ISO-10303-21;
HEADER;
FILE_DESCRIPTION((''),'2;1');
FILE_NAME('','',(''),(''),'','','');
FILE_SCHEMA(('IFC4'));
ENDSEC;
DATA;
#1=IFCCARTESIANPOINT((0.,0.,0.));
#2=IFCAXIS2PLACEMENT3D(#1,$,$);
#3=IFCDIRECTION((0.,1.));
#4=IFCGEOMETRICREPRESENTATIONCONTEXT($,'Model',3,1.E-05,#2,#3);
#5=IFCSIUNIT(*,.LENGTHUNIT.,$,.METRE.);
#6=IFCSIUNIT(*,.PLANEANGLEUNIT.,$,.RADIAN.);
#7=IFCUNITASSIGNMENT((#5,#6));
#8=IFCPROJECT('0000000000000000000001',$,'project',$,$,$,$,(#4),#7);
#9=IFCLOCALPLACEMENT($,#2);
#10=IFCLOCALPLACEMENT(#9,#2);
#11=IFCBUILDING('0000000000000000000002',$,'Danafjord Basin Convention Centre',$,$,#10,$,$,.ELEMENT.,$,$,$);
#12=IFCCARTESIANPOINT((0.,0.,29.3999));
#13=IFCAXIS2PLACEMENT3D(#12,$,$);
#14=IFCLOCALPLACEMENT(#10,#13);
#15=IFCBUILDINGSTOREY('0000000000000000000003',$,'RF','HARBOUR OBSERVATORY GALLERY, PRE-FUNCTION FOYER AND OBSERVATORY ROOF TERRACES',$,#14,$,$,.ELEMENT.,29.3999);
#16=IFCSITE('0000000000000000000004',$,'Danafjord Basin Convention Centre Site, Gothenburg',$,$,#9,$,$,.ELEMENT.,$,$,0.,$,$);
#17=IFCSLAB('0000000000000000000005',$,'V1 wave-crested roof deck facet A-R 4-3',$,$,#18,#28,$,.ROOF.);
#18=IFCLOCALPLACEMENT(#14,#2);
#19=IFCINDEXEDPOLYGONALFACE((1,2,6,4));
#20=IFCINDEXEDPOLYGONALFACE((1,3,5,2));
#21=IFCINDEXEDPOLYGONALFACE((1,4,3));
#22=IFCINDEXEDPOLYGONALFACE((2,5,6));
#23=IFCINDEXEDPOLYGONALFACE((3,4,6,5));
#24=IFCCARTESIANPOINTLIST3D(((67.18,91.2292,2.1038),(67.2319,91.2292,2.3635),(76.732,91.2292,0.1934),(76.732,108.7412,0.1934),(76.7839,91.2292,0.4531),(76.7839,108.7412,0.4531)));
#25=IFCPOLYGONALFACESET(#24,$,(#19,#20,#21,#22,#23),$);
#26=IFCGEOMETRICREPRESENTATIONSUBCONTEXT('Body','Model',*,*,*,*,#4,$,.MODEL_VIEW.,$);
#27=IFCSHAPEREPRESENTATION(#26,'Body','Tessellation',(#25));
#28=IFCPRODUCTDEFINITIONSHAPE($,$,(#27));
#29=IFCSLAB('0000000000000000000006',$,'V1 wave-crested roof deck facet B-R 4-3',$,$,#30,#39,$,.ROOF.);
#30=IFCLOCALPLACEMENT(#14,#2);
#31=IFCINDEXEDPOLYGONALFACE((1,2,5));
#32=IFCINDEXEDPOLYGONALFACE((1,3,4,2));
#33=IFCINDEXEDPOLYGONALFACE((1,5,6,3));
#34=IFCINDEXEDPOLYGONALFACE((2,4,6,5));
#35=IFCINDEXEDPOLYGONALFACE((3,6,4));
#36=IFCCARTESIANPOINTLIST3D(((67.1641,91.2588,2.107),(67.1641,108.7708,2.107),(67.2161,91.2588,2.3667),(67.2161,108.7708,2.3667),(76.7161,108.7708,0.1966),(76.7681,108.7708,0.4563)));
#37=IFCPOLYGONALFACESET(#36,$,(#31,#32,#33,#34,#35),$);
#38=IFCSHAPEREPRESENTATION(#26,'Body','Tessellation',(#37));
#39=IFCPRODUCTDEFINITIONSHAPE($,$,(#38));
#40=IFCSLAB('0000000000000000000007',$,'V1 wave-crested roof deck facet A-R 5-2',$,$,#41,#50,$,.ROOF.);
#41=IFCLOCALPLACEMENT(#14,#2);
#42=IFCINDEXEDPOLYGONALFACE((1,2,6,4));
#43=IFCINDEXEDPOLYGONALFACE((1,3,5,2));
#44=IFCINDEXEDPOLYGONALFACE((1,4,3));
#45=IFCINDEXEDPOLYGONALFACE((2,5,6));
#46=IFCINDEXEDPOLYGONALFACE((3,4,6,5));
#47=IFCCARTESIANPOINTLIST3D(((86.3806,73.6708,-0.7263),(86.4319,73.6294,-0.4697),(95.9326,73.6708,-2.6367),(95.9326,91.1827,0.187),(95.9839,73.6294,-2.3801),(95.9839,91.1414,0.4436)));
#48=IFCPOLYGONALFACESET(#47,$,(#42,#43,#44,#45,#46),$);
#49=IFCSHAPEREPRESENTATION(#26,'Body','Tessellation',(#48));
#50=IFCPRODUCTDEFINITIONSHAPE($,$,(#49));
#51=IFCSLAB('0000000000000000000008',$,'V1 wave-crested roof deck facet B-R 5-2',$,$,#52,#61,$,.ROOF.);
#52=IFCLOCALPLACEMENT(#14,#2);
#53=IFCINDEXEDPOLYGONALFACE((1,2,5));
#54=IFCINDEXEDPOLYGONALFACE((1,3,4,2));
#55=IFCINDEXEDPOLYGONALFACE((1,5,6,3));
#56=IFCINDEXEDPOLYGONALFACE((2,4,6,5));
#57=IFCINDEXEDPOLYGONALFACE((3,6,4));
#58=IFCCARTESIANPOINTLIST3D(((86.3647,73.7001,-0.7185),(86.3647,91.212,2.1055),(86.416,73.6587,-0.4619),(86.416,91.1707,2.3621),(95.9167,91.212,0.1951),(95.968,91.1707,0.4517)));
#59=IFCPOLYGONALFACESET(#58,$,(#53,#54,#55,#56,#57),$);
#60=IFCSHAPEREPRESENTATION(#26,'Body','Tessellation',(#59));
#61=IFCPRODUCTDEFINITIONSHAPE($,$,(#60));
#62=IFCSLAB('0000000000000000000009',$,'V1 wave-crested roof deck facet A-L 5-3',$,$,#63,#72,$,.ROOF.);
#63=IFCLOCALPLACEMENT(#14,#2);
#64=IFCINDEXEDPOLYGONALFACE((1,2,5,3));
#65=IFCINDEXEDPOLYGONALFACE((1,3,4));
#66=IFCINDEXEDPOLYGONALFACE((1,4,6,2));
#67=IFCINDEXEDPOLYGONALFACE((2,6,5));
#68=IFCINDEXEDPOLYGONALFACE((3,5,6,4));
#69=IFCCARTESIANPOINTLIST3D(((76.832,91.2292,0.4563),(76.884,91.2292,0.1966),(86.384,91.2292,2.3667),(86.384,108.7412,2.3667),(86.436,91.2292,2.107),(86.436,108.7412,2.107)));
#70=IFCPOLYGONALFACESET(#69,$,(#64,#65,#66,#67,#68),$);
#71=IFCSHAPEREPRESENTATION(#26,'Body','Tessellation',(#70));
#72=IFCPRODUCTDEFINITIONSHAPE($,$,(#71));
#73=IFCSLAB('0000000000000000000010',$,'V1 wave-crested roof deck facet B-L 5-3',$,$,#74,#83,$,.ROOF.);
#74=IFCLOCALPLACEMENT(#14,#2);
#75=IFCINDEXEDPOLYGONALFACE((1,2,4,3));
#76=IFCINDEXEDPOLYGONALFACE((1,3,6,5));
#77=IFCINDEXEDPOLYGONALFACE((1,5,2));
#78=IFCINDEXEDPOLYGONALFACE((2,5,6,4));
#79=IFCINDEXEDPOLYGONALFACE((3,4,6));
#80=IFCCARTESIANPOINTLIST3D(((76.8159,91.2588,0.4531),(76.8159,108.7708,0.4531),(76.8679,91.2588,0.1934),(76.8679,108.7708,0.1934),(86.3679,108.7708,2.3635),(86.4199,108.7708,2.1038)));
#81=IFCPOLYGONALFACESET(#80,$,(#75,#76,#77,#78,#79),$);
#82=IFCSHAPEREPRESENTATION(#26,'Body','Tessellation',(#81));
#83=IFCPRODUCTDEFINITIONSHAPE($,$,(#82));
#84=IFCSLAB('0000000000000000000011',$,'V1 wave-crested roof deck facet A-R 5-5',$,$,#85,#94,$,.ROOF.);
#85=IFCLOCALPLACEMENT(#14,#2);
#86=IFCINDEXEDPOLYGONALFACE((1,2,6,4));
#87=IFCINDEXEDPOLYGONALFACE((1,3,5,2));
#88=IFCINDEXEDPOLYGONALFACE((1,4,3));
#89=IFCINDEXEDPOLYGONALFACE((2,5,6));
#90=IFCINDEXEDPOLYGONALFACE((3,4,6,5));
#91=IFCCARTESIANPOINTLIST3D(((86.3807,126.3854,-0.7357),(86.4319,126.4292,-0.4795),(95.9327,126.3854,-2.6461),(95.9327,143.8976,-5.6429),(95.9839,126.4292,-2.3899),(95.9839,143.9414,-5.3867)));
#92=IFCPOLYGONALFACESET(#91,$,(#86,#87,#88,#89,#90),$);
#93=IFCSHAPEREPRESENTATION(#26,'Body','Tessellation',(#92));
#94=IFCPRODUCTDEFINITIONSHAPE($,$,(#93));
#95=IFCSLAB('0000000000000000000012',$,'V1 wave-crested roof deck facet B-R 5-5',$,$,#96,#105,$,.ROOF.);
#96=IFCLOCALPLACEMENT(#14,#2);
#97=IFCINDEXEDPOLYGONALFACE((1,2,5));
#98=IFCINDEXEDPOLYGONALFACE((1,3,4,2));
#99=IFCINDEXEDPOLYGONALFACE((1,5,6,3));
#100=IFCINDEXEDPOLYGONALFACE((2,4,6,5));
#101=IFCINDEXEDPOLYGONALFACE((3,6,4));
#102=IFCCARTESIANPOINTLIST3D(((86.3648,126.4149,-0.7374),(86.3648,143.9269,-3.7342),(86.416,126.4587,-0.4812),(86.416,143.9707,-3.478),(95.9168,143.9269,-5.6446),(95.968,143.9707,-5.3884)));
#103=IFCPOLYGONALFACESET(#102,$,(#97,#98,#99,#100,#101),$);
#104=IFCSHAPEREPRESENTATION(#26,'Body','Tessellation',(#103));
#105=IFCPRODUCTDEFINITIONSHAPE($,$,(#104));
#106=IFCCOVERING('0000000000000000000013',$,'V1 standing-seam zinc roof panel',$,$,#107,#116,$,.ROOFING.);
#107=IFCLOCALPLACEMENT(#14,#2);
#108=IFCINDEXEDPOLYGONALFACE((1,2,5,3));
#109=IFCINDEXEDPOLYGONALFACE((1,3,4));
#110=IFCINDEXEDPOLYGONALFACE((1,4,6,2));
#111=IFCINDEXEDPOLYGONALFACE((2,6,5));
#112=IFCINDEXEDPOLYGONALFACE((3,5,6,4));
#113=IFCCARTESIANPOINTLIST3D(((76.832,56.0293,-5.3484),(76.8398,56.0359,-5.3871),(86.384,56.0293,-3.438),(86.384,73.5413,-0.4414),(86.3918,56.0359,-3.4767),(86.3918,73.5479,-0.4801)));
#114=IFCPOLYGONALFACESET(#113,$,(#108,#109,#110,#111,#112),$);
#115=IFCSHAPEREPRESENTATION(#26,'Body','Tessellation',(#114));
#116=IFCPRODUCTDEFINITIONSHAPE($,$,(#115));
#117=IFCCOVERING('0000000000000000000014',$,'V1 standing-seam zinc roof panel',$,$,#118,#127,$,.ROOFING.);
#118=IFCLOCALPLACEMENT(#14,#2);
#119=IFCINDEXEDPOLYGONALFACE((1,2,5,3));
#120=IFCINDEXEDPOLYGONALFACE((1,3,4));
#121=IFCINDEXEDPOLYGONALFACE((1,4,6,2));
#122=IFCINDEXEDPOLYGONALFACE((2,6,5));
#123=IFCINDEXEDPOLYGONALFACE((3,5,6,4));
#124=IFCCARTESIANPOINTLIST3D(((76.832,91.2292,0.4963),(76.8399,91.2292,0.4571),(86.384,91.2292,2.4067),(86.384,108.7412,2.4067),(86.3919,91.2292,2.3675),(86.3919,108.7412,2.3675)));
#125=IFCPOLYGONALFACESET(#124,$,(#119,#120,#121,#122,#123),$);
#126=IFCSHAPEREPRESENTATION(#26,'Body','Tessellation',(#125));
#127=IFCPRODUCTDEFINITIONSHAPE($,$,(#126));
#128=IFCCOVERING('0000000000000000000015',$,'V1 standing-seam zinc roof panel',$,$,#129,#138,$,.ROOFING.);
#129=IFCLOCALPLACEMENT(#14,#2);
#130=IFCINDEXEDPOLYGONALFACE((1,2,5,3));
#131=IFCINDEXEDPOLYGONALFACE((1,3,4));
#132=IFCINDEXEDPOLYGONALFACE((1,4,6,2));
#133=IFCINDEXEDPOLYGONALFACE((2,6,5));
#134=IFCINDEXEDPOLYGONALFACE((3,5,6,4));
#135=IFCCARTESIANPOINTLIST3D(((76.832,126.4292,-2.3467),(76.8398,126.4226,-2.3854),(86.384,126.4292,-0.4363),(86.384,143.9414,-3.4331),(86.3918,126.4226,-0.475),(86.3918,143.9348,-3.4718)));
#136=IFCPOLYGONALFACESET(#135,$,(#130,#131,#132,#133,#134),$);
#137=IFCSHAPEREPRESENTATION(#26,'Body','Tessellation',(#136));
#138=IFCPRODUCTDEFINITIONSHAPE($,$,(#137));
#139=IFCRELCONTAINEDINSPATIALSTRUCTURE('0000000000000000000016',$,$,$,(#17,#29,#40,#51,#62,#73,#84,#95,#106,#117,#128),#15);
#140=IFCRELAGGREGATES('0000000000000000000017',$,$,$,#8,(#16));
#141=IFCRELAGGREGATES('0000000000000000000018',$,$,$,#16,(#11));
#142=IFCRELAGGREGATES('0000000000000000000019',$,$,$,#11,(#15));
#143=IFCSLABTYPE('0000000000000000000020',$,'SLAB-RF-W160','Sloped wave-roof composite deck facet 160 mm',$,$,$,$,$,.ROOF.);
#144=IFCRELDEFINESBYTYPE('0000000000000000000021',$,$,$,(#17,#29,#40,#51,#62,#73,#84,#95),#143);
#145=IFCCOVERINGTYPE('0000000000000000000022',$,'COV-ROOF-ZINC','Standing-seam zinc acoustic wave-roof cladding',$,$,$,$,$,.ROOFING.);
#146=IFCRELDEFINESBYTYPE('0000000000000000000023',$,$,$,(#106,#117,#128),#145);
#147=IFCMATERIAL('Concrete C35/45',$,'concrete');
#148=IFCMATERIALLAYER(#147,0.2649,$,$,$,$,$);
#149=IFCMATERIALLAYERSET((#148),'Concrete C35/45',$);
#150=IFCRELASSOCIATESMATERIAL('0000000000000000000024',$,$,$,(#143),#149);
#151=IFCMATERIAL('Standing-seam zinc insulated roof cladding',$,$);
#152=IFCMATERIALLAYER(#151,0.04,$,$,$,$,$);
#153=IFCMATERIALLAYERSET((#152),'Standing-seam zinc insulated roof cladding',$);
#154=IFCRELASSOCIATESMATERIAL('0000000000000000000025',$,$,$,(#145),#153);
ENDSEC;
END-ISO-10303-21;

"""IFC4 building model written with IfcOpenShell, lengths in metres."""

from ifc_helpers import new_model, si_unit, direction, frame, origin, place, context, subcontext, project, spatial, polyline, outline, extrude, material, layer, layer_set, type_object, element, save


model = new_model("IFC4")

# Units and contexts
model_context = context("Model", 3, precision=1e-05, world=origin(), true_north=direction((0.0, 1.0)))
body_context = subcontext(model_context, "Body", "Model", "MODEL_VIEW")
ifc_project = project(units=[si_unit("LENGTHUNIT", "METRE"), si_unit("PLANEANGLEUNIT", "RADIAN")], contexts=[model_context])

# Site, building, storey
site_placement = place(None, origin())
site = spatial("IfcSite", under=ifc_project, at=site_placement, Name="Danafjord Basin Convention Centre Site, Gothenburg", CompositionType="ELEMENT", RefElevation=0.0)
building_placement = place(site_placement, origin())
building = spatial("IfcBuilding", under=site, at=building_placement, Name="Danafjord Basin Convention Centre", CompositionType="ELEMENT")
storey_placement = place(building_placement, frame((0.0, 0.0, 29.3999)))
storey = spatial("IfcBuildingStorey", under=building, at=storey_placement, Name="RF", Description="HARBOUR OBSERVATORY GALLERY, PRE-FUNCTION FOYER AND OBSERVATORY ROOF TERRACES", CompositionType="ELEMENT", Elevation=29.3999)

# Slabs
ifc_material_1 = material(Name="Concrete C35/45", Category="concrete")
ifc_layer_1 = layer(ifc_material_1, 0.2649)
ifc_layer_set_1 = layer_set([ifc_layer_1], Name="Concrete C35/45")
slab_type_1 = type_object("IfcSlabType", Name="SLAB-RF-W160", Description="Sloped wave-roof composite deck facet 160 mm", PredefinedType="ROOF", material=ifc_layer_set_1)
slab_1_placement = place(storey_placement, frame((67.2319, 91.2292, 2.3635), z_axis=(0.196116, 0.0, 0.980581), x_axis=(0.980581, 0.0, -0.196116)))
element("IfcSlab", 1, at=slab_1_placement, inside=storey, type_object=slab_type_1, Name="V1 wave-crested roof deck facet A-R 4-3", PredefinedType="ROOF", context=body_context, shape_type="SweptSolid", body=[
    extrude(outline(polyline([(0.0, 0.0), (9.7412, 0.0), (9.7412, 17.512), (0.0, 0.0)])), origin(), (0.0, 0.0, -1.0), 0.2649),
])
slab_2_placement = place(storey_placement, frame((67.2161, 91.2588, 2.3667), z_axis=(0.196116, 0.0, 0.980581), x_axis=(0.476672, 0.873897, -0.095334)))
element("IfcSlab", 2, at=slab_2_placement, inside=storey, type_object=slab_type_1, Name="V1 wave-crested roof deck facet B-R 4-3", PredefinedType="ROOF", context=body_context, shape_type="SweptSolid", body=[
    extrude(outline(polyline([(0.0, 0.0), (20.0389, 0.0), (15.3036, 8.5128), (0.0, 0.0)])), origin(), (0.0, 0.0, -1.0), 0.2649),
])
slab_3_placement = place(storey_placement, frame((86.4319, 73.6294, -0.4697), z_axis=(0.19371, -0.156174, 0.968548), x_axis=(0.980581, 0.0, -0.196116)))
element("IfcSlab", 3, at=slab_3_placement, inside=storey, type_object=slab_type_1, Name="V1 wave-crested roof deck facet A-R 5-2", PredefinedType="ROOF", context=body_context, shape_type="SweptSolid", body=[
    extrude(outline(polyline([(0.0, 0.0), (9.7412, 0.0), (9.1874, 17.7295), (0.0, 0.0)])), origin(), (0.0, 0.0, -1.0), 0.2649),
])
slab_4_placement = place(storey_placement, frame((86.416, 73.6587, -0.4619), z_axis=(0.193709, -0.156188, 0.968546), x_axis=(0.478352, 0.876976, 0.045751)))
element("IfcSlab", 4, at=slab_4_placement, inside=storey, type_object=slab_type_1, Name="V1 wave-crested roof deck facet B-R 5-2", PredefinedType="ROOF", context=body_context, shape_type="SweptSolid", body=[
    extrude(outline(polyline([(0.0, 0.0), (19.9686, 0.0), (15.4868, 8.6489), (0.0, 0.0)])), origin(), (0.0, 0.0, -1.0), 0.2649),
])
slab_5_placement = place(storey_placement, frame((76.832, 91.2292, 0.4563), z_axis=(-0.196116, 0.0, 0.980581), x_axis=(0.980581, 0.0, 0.196116)))
element("IfcSlab", 5, at=slab_5_placement, inside=storey, type_object=slab_type_1, Name="V1 wave-crested roof deck facet A-L 5-3", PredefinedType="ROOF", context=body_context, shape_type="SweptSolid", body=[
    extrude(outline(polyline([(0.0, 0.0), (9.7412, 0.0), (9.7412, 17.512), (0.0, 0.0)])), origin(), (0.0, 0.0, -1.0), 0.2649),
])
slab_6_placement = place(storey_placement, frame((76.8159, 91.2588, 0.4531), z_axis=(-0.196116, 0.0, 0.980581), x_axis=(0.476672, 0.873897, 0.095334)))
element("IfcSlab", 6, at=slab_6_placement, inside=storey, type_object=slab_type_1, Name="V1 wave-crested roof deck facet B-L 5-3", PredefinedType="ROOF", context=body_context, shape_type="SweptSolid", body=[
    extrude(outline(polyline([(0.0, 0.0), (20.0389, 0.0), (15.3036, 8.5128), (0.0, 0.0)])), origin(), (0.0, 0.0, -1.0), 0.2649),
])
slab_7_placement = place(storey_placement, frame((86.4319, 126.4292, -0.4795), z_axis=(0.193412, 0.165491, 0.96706), x_axis=(0.980581, 0.0, -0.196116)))
element("IfcSlab", 7, at=slab_7_placement, inside=storey, type_object=slab_type_1, Name="V1 wave-crested roof deck facet A-R 5-5", PredefinedType="ROOF", context=body_context, shape_type="SweptSolid", body=[
    extrude(outline(polyline([(0.0, 0.0), (9.7412, 0.0), (10.3289, 17.7571), (0.0, 0.0)])), origin(), (0.0, 0.0, -1.0), 0.2649),
])
slab_8_placement = place(storey_placement, frame((86.416, 126.4587, -0.4812), z_axis=(0.193412, 0.165493, 0.967059), x_axis=(0.464989, 0.852479, -0.238883)))
element("IfcSlab", 8, at=slab_8_placement, inside=storey, type_object=slab_type_1, Name="V1 wave-crested roof deck facet B-R 5-5", PredefinedType="ROOF", context=body_context, shape_type="SweptSolid", body=[
    extrude(outline(polyline([(0.0, 0.0), (20.5424, 0.0), (15.6445, 8.4202), (0.0, 0.0)])), origin(), (0.0, 0.0, -1.0), 0.2649),
])

# Coverings
ifc_material_2 = material(Name="Standing-seam zinc insulated roof cladding")
ifc_layer_2 = layer(ifc_material_2, 0.04)
ifc_layer_set_2 = layer_set([ifc_layer_2], Name="Standing-seam zinc insulated roof cladding")
covering_type = type_object("IfcCoveringType", Name="COV-ROOF-ZINC", Description="Standing-seam zinc acoustic wave-roof cladding", PredefinedType="ROOFING", material=ifc_layer_set_2)
covering_1_placement = place(storey_placement, frame((76.832, 56.0293, -5.3484), z_axis=(-0.193412, -0.16548, 0.967062), x_axis=(0.980581, 0.0, 0.196116)))
element("IfcCovering", 9, at=covering_1_placement, inside=storey, type_object=covering_type, Name="V1 standing-seam zinc roof panel", PredefinedType="ROOFING", context=body_context, shape_type="SweptSolid", body=[
    extrude(outline(polyline([(0.0, 0.0), (9.7412, 0.0), (10.3288, 17.7568), (0.0, 0.0)])), origin(), (0.0, 0.0, -1.0), 0.04),
])
covering_2_placement = place(storey_placement, frame((76.832, 91.2292, 0.4963), z_axis=(-0.196116, 0.0, 0.980581), x_axis=(0.980581, 0.0, 0.196116)))
element("IfcCovering", 10, at=covering_2_placement, inside=storey, type_object=covering_type, Name="V1 standing-seam zinc roof panel", PredefinedType="ROOFING", context=body_context, shape_type="SweptSolid", body=[
    extrude(outline(polyline([(0.0, 0.0), (9.7412, 0.0), (9.7412, 17.512), (0.0, 0.0)])), origin(), (0.0, 0.0, -1.0), 0.04),
])
covering_3_placement = place(storey_placement, frame((76.832, 126.4292, -2.3467), z_axis=(-0.193412, 0.165491, 0.96706), x_axis=(0.980581, 0.0, 0.196116)))
element("IfcCovering", 11, at=covering_3_placement, inside=storey, type_object=covering_type, Name="V1 standing-seam zinc roof panel", PredefinedType="ROOFING", context=body_context, shape_type="SweptSolid", body=[
    extrude(outline(polyline([(0.0, 0.0), (9.7412, 0.0), (9.1534, 17.7571), (0.0, 0.0)])), origin(), (0.0, 0.0, -1.0), 0.04),
])

save(model, "model.ifc")
